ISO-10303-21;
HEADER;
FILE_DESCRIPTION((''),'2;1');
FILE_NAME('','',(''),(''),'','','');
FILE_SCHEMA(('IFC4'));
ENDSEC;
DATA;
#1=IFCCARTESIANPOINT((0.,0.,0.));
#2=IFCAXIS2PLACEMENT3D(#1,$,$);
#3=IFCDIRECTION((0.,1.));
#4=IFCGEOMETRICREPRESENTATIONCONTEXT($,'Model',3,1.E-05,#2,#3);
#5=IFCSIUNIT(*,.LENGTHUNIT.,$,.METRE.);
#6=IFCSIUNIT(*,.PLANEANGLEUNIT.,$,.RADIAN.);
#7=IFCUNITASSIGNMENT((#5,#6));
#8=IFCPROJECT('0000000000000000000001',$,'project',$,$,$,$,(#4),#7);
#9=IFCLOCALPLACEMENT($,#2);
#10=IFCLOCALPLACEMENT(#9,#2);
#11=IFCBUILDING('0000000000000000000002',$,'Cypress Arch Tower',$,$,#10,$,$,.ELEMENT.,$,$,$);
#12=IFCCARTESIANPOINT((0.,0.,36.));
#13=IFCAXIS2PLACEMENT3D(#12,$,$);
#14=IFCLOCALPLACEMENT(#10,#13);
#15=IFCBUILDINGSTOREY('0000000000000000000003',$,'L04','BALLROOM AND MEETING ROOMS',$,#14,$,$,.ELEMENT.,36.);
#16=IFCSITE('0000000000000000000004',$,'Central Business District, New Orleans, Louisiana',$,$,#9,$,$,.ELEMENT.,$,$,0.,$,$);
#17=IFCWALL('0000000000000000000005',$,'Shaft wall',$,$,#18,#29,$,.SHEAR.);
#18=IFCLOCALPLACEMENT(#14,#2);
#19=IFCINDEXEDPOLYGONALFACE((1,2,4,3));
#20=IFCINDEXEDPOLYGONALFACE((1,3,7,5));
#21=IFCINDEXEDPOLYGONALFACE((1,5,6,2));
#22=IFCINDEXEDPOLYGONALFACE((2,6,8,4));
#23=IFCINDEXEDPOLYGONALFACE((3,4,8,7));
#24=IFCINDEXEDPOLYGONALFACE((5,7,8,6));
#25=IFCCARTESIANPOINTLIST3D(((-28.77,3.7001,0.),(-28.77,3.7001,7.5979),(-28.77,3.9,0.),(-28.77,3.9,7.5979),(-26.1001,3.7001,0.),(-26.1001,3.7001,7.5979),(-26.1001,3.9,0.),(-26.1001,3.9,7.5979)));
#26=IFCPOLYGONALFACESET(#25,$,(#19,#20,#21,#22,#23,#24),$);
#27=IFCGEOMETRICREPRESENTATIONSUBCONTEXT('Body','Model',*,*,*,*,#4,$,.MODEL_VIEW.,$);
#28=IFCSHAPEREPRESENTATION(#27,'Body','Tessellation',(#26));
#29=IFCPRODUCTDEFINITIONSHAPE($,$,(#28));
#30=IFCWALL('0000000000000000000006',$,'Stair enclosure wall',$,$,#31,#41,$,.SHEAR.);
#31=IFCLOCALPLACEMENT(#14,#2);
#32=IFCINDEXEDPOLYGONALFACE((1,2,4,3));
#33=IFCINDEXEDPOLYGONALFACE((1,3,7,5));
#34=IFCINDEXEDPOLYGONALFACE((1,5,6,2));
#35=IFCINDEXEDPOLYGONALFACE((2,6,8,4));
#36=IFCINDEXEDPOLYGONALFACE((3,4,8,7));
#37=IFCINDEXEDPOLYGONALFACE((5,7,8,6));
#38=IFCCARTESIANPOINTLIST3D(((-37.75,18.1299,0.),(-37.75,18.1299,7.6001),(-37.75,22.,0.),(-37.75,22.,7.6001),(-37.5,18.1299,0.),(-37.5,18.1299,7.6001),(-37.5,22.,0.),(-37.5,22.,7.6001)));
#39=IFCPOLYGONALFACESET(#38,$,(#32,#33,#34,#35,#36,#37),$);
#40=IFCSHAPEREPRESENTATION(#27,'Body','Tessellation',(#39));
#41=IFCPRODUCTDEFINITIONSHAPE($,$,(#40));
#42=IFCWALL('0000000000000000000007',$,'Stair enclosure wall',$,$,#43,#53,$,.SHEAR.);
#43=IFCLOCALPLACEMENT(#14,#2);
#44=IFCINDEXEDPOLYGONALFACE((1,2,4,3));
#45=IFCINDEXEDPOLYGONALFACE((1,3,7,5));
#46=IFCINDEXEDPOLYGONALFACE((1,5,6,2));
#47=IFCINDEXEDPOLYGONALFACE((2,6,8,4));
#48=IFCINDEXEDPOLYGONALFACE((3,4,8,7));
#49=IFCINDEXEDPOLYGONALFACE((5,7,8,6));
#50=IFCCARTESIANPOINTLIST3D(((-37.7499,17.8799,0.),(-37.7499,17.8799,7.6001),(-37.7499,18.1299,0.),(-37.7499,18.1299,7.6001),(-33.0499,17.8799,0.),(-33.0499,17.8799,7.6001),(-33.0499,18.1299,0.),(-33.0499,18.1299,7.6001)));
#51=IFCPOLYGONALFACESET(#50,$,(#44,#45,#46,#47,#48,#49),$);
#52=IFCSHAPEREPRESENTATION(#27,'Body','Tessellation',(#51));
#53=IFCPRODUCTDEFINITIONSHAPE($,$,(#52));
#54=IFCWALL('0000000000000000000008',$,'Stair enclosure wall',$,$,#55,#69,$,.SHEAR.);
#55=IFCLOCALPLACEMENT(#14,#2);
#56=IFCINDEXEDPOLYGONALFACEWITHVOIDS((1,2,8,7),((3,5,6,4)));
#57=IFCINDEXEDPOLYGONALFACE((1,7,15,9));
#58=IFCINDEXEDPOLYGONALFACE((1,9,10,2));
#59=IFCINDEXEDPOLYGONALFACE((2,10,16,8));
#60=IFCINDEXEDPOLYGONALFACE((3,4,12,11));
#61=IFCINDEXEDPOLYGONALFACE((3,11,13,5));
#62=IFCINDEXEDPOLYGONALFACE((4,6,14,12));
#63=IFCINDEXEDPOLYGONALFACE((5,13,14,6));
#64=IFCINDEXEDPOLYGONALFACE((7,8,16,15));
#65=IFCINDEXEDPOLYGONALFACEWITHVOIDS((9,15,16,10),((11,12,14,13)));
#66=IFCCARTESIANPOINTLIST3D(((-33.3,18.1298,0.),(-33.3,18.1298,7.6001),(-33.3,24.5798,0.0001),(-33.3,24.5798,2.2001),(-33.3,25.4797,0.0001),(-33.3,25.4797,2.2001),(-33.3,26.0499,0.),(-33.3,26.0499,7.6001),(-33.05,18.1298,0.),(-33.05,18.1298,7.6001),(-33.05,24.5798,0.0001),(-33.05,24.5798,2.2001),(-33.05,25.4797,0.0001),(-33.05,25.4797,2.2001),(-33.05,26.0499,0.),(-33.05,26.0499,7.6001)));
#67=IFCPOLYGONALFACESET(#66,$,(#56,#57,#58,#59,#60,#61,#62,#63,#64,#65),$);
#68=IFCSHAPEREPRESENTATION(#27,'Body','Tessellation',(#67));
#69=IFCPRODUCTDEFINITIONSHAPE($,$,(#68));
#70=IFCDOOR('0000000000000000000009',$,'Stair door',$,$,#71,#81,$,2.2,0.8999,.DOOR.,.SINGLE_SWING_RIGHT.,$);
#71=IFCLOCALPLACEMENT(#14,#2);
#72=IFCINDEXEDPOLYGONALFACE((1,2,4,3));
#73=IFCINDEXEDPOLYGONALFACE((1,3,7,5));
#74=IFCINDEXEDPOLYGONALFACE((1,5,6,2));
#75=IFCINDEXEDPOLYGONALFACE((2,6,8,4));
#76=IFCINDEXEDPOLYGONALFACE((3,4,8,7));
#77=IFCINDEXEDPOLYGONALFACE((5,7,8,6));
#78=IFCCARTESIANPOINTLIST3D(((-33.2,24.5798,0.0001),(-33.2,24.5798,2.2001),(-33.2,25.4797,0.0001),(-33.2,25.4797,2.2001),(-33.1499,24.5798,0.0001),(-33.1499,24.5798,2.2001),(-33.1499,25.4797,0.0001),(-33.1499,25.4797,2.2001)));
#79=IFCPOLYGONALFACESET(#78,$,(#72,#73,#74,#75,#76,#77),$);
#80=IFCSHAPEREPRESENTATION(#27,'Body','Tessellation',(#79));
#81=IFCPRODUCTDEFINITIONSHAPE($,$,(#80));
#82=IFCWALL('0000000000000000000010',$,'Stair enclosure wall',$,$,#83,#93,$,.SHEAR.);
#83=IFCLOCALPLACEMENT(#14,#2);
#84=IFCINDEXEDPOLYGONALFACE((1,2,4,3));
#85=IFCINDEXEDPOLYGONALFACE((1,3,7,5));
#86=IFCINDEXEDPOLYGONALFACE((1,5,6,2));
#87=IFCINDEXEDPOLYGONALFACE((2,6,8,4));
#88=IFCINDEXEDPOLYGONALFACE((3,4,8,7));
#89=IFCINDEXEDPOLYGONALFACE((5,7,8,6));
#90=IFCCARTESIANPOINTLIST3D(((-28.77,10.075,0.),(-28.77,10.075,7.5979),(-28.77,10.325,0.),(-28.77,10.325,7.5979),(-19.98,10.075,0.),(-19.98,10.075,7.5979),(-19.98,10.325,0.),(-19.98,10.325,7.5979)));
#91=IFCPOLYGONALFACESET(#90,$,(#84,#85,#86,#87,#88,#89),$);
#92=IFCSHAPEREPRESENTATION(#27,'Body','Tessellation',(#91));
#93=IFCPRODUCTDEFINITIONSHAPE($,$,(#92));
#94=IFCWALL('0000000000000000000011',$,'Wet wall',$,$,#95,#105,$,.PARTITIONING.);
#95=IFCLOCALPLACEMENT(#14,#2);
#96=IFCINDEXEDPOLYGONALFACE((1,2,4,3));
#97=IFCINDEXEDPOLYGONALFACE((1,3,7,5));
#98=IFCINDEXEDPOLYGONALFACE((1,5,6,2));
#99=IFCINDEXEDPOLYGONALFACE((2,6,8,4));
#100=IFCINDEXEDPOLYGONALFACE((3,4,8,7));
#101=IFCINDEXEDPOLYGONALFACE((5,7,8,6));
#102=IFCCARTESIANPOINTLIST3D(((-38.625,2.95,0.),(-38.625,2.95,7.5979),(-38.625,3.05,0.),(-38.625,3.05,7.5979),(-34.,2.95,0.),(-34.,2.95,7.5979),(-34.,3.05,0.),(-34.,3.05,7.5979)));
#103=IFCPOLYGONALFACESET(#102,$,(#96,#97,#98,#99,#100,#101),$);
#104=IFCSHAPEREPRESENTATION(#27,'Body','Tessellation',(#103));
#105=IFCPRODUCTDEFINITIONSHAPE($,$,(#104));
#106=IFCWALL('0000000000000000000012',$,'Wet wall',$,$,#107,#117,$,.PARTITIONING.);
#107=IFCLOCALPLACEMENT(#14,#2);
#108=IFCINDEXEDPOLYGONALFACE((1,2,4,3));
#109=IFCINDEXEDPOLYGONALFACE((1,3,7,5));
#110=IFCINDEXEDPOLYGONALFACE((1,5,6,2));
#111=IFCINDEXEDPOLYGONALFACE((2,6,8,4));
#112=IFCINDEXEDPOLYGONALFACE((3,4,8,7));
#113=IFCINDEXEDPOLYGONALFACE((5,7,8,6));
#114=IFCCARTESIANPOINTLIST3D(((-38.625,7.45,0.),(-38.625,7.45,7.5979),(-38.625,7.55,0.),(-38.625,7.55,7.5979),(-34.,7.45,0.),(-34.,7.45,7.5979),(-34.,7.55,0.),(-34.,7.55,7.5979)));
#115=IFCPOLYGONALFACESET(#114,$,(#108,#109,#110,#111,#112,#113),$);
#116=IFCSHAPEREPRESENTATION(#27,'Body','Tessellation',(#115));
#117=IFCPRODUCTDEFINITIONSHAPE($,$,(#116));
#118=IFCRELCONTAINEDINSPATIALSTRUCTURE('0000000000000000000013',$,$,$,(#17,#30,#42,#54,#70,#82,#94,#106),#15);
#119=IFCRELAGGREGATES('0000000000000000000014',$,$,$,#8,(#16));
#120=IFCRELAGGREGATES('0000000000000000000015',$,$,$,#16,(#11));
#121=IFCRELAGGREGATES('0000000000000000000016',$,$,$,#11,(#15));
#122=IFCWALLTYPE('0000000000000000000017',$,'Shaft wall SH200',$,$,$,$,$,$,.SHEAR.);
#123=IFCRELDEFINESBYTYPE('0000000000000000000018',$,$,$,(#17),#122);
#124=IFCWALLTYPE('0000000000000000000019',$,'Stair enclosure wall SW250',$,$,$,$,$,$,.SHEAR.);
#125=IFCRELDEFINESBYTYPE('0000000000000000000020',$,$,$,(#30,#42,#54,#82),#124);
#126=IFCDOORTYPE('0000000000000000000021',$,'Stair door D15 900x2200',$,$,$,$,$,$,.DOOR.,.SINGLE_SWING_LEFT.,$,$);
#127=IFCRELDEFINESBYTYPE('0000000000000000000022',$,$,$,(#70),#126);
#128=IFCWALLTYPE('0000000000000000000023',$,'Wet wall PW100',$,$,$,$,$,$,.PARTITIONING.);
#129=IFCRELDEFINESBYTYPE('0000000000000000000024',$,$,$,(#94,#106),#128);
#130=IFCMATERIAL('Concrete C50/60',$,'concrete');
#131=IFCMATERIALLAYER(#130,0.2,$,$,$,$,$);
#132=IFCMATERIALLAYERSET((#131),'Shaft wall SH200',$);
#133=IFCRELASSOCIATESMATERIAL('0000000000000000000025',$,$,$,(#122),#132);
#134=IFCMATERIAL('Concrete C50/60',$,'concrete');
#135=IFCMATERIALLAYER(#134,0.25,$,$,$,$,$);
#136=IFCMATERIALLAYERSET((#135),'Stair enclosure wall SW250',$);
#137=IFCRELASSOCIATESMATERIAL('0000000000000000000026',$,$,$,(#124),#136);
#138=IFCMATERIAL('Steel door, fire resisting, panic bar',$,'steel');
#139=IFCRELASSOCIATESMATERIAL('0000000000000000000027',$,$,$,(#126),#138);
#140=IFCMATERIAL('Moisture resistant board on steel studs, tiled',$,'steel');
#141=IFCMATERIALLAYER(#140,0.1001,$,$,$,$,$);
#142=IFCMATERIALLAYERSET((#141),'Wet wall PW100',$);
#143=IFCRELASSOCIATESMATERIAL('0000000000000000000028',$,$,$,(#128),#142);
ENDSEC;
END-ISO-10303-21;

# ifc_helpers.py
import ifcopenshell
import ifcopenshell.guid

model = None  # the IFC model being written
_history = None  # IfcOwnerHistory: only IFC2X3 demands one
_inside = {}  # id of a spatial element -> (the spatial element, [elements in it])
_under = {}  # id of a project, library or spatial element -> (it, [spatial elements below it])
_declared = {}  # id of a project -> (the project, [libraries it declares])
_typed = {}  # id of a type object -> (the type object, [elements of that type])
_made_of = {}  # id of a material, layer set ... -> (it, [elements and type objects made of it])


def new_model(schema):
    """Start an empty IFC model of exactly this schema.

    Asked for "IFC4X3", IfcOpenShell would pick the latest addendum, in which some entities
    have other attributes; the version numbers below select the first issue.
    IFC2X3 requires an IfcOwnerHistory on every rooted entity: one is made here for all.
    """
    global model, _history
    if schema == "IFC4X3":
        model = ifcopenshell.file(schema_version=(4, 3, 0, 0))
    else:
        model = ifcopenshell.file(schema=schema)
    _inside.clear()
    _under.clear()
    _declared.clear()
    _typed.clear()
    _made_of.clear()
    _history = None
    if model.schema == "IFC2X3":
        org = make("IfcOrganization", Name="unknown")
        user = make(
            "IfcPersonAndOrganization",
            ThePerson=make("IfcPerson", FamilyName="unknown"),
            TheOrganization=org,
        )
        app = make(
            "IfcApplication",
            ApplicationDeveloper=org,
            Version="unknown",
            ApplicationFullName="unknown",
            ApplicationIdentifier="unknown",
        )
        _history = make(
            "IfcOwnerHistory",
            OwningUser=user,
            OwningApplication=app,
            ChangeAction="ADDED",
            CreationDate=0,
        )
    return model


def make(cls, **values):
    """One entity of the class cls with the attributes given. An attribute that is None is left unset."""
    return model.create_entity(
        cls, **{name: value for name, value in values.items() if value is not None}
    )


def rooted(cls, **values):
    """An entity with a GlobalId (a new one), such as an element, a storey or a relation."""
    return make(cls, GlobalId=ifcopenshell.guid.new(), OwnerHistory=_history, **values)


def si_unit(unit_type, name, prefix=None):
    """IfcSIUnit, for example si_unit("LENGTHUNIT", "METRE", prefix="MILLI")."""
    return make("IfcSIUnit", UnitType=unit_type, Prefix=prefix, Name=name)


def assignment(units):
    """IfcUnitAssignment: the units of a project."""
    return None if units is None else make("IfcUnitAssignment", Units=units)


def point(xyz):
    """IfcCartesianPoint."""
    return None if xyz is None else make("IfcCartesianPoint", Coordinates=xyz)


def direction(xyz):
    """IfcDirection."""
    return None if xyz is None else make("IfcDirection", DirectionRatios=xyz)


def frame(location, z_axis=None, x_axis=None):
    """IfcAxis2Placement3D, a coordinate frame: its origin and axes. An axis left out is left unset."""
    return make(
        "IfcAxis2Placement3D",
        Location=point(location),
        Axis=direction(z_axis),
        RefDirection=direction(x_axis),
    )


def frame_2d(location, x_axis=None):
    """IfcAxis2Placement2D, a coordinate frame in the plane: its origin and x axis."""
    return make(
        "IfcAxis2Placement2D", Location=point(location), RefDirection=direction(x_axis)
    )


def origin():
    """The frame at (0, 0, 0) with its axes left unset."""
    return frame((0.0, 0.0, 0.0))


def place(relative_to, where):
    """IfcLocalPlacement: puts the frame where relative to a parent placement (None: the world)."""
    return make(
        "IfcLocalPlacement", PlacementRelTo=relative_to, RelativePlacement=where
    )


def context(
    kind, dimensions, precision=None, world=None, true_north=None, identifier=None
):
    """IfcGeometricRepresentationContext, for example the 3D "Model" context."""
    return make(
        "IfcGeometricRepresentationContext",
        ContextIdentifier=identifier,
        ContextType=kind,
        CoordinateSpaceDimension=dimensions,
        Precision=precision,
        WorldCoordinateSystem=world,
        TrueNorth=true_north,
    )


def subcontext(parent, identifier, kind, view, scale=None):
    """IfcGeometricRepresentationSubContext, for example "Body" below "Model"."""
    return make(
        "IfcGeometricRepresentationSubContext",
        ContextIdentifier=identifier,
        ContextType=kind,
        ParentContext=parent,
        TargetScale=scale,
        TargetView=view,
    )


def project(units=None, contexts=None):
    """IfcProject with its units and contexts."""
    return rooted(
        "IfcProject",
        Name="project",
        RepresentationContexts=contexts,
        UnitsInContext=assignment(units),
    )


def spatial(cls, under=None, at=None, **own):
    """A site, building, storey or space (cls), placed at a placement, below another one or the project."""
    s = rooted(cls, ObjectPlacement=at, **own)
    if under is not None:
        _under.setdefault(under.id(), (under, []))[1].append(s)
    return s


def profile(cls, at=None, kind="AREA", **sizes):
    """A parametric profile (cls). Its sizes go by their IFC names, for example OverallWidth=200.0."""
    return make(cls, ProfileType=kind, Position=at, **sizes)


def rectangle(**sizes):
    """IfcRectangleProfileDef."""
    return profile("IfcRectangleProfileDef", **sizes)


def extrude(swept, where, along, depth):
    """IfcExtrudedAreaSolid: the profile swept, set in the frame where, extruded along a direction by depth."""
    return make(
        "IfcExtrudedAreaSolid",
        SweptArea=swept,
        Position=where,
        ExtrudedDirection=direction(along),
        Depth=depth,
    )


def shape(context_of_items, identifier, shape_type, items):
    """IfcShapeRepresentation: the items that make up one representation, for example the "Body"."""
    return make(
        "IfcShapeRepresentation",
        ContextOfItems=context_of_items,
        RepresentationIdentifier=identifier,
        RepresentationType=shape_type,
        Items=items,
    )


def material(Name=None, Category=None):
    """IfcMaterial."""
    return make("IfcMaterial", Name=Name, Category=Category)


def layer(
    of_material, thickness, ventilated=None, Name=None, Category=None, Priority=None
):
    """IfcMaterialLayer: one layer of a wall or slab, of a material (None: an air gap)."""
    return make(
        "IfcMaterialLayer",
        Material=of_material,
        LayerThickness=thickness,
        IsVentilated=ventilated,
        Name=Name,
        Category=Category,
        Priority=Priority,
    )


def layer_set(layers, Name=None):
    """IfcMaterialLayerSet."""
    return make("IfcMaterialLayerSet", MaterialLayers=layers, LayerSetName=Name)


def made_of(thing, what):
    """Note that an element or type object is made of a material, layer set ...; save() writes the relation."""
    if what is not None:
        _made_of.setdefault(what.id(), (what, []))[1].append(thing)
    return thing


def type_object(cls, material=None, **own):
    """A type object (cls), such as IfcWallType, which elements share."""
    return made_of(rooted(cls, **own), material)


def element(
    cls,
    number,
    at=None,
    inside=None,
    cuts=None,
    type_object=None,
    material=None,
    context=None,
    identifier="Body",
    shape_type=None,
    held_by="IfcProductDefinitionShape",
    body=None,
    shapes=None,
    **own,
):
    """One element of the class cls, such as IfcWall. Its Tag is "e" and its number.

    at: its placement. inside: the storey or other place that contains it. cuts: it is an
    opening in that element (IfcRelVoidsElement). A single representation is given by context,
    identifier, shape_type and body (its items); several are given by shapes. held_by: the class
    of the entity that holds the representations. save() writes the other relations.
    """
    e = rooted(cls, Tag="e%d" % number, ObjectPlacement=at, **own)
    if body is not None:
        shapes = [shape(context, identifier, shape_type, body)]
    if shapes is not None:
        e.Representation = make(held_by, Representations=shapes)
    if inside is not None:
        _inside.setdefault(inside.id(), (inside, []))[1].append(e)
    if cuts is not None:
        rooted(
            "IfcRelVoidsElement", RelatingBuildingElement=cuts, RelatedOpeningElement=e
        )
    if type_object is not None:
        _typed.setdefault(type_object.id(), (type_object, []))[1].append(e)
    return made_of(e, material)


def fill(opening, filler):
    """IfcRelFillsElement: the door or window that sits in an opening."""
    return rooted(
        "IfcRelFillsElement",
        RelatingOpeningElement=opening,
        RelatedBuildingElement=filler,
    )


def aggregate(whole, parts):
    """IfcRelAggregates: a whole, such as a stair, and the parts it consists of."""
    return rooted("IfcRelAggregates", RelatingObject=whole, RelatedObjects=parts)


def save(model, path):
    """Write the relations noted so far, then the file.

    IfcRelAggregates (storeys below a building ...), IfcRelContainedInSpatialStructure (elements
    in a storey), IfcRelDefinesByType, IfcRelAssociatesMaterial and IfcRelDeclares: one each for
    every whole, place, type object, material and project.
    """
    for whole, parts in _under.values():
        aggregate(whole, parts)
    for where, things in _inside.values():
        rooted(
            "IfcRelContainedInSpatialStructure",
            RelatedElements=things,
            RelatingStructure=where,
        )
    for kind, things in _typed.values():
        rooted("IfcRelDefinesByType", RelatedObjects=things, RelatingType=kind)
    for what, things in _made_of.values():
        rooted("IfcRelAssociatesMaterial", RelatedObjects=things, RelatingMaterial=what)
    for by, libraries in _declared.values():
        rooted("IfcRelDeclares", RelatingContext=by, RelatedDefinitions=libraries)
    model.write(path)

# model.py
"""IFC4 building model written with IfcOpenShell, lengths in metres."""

from ifc_helpers import new_model, si_unit, direction, frame, frame_2d, origin, place, context, subcontext, project, spatial, rectangle, extrude, material, layer, layer_set, type_object, element, fill, save


model = new_model("IFC4")

# Units and contexts
model_context = context("Model", 3, precision=1e-05, world=origin(), true_north=direction((0.0, 1.0)))
body_context = subcontext(model_context, "Body", "Model", "MODEL_VIEW")
ifc_project = project(units=[si_unit("LENGTHUNIT", "METRE"), si_unit("PLANEANGLEUNIT", "RADIAN")], contexts=[model_context])

# Site, building, storey
site_placement = place(None, origin())
site = spatial("IfcSite", under=ifc_project, at=site_placement, Name="Central Business District, New Orleans, Louisiana", CompositionType="ELEMENT", RefElevation=0.0)
building_placement = place(site_placement, origin())
building = spatial("IfcBuilding", under=site, at=building_placement, Name="Cypress Arch Tower", CompositionType="ELEMENT")
storey_placement = place(building_placement, frame((0.0, 0.0, 36.0)))
storey = spatial("IfcBuildingStorey", under=building, at=storey_placement, Name="L04", Description="BALLROOM AND MEETING ROOMS", CompositionType="ELEMENT", Elevation=36.0)

# Walls
ifc_material_1 = material(Name="Concrete C50/60", Category="concrete")
ifc_layer_1 = layer(ifc_material_1, 0.2)
ifc_layer_set_1 = layer_set([ifc_layer_1], Name="Shaft wall SH200")
wall_type_1 = type_object("IfcWallType", Name="Shaft wall SH200", PredefinedType="SHEAR", material=ifc_layer_set_1)
for number, where, z_axis, x_axis, name in (
    (1, (-28.77, 3.8, 0.0), (0.0, 0.0, 1.0), (1.0, 0.0, 0.0), "Shaft wall"),
):
    element("IfcWall", number, at=place(storey_placement, frame(where, z_axis=z_axis, x_axis=x_axis)), inside=storey, type_object=wall_type_1, Name=name, PredefinedType="SHEAR", context=body_context, shape_type="SweptSolid", body=[
        extrude(rectangle(XDim=2.6699, YDim=0.2, at=frame_2d((1.335, 0.0))), origin(), (0.0, 0.0, 1.0), 7.5979),
    ])
ifc_material_2 = material(Name="Concrete C50/60", Category="concrete")
ifc_layer_2 = layer(ifc_material_2, 0.25)
ifc_layer_set_2 = layer_set([ifc_layer_2], Name="Stair enclosure wall SW250")
wall_type_2 = type_object("IfcWallType", Name="Stair enclosure wall SW250", PredefinedType="SHEAR", material=ifc_layer_set_2)
wall_1_placement = place(storey_placement, frame((-37.625, 18.1299, 0.0), z_axis=(0.0, 0.0, 1.0), x_axis=(0.0, 1.0, 0.0)))
element("IfcWall", 2, at=wall_1_placement, inside=storey, type_object=wall_type_2, Name="Stair enclosure wall", PredefinedType="SHEAR", context=body_context, shape_type="SweptSolid", body=[
    extrude(rectangle(XDim=3.8701, YDim=0.25, at=frame_2d((1.9351, 0.0))), origin(), (0.0, 0.0, 1.0), 7.6001),
])
wall_2_placement = place(storey_placement, frame((-37.75, 18.0049, 0.0), z_axis=(0.0, 0.0, 1.0), x_axis=(1.0, 0.0, 0.0)))
element("IfcWall", 3, at=wall_2_placement, inside=storey, type_object=wall_type_2, Name="Stair enclosure wall", PredefinedType="SHEAR", context=body_context, shape_type="SweptSolid", body=[
    extrude(rectangle(XDim=4.7, YDim=0.25, at=frame_2d((2.3501, 0.0))), origin(), (0.0, 0.0, 1.0), 7.6001),
])

# Wall, opening, door
wall_3_placement = place(storey_placement, frame((-33.175, 18.1299, 0.0), z_axis=(0.0, 0.0, 1.0), x_axis=(0.0, 1.0, 0.0)))
wall_3 = element("IfcWall", 4, at=wall_3_placement, inside=storey, type_object=wall_type_2, Name="Stair enclosure wall", PredefinedType="SHEAR", context=body_context, shape_type="SweptSolid", body=[
    extrude(rectangle(XDim=7.9202, YDim=0.25, at=frame_2d((3.96, 0.0))), origin(), (0.0, 0.0, 1.0), 7.6001),
])
opening_1_placement = place(wall_3_placement, frame((6.45, 0.0, 0.0)))
opening_1 = element("IfcOpeningElement", 5, at=opening_1_placement, cuts=wall_3, PredefinedType="OPENING", context=body_context, shape_type="SweptSolid", body=[
    extrude(rectangle(XDim=0.8999, YDim=2.2, at=frame_2d((0.45, 1.1001))), frame((0.0, 0.135, 0.0), z_axis=(0.0, -1.0, 0.0), x_axis=(1.0, 0.0, 0.0)), (0.0, 0.0, 1.0), 0.27),
])
ifc_material_3 = material(Name="Steel door, fire resisting, panic bar", Category="steel")
door_type_1 = type_object("IfcDoorType", Name="Stair door D15 900x2200", OperationType="SINGLE_SWING_LEFT", PredefinedType="DOOR", material=ifc_material_3)
door_1_placement = place(opening_1_placement, origin())
door_1 = element("IfcDoor", 6, at=door_1_placement, inside=storey, type_object=door_type_1, Name="Stair door", OperationType="SINGLE_SWING_RIGHT", OverallHeight=2.2, OverallWidth=0.8999, PredefinedType="DOOR", context=body_context, shape_type="SweptSolid", body=[
    extrude(rectangle(XDim=0.8999, YDim=2.2, at=frame_2d((0.45, 1.1001))), frame((0.0, 0.0249, 0.0), z_axis=(0.0, -1.0, 0.0), x_axis=(1.0, 0.0, 0.0)), (0.0, 0.0, 1.0), 0.05),
])
fill(opening_1, door_1)

# Walls
wall_4_placement = place(storey_placement, frame((-28.77, 10.2, 0.0), z_axis=(0.0, 0.0, 1.0), x_axis=(1.0, 0.0, 0.0)))
element("IfcWall", 7, at=wall_4_placement, inside=storey, type_object=wall_type_2, Name="Stair enclosure wall", PredefinedType="SHEAR", context=body_context, shape_type="SweptSolid", body=[
    extrude(rectangle(XDim=8.79, YDim=0.25, at=frame_2d((4.395, 0.0))), origin(), (0.0, 0.0, 1.0), 7.5979),
])
ifc_material_4 = material(Name="Moisture resistant board on steel studs, tiled", Category="steel")
ifc_layer_3 = layer(ifc_material_4, 0.1001)
ifc_layer_set_3 = layer_set([ifc_layer_3], Name="Wet wall PW100")
wall_type_3 = type_object("IfcWallType", Name="Wet wall PW100", PredefinedType="PARTITIONING", material=ifc_layer_set_3)
for number, where, z_axis, x_axis, name in (
    (8, (-38.625, 3.0, 0.0), (0.0, 0.0, 1.0), (1.0, 0.0, 0.0), "Wet wall"),
    (9, (-38.625, 7.5, 0.0), (0.0, 0.0, 1.0), (1.0, 0.0, 0.0), "Wet wall"),
):
    element("IfcWall", number, at=place(storey_placement, frame(where, z_axis=z_axis, x_axis=x_axis)), inside=storey, type_object=wall_type_3, Name=name, PredefinedType="PARTITIONING", context=body_context, shape_type="SweptSolid", body=[
        extrude(rectangle(XDim=4.625, YDim=0.1001, at=frame_2d((2.3125, 0.0))), origin(), (0.0, 0.0, 1.0), 7.5979),
    ])

save(model, "model.ifc")
